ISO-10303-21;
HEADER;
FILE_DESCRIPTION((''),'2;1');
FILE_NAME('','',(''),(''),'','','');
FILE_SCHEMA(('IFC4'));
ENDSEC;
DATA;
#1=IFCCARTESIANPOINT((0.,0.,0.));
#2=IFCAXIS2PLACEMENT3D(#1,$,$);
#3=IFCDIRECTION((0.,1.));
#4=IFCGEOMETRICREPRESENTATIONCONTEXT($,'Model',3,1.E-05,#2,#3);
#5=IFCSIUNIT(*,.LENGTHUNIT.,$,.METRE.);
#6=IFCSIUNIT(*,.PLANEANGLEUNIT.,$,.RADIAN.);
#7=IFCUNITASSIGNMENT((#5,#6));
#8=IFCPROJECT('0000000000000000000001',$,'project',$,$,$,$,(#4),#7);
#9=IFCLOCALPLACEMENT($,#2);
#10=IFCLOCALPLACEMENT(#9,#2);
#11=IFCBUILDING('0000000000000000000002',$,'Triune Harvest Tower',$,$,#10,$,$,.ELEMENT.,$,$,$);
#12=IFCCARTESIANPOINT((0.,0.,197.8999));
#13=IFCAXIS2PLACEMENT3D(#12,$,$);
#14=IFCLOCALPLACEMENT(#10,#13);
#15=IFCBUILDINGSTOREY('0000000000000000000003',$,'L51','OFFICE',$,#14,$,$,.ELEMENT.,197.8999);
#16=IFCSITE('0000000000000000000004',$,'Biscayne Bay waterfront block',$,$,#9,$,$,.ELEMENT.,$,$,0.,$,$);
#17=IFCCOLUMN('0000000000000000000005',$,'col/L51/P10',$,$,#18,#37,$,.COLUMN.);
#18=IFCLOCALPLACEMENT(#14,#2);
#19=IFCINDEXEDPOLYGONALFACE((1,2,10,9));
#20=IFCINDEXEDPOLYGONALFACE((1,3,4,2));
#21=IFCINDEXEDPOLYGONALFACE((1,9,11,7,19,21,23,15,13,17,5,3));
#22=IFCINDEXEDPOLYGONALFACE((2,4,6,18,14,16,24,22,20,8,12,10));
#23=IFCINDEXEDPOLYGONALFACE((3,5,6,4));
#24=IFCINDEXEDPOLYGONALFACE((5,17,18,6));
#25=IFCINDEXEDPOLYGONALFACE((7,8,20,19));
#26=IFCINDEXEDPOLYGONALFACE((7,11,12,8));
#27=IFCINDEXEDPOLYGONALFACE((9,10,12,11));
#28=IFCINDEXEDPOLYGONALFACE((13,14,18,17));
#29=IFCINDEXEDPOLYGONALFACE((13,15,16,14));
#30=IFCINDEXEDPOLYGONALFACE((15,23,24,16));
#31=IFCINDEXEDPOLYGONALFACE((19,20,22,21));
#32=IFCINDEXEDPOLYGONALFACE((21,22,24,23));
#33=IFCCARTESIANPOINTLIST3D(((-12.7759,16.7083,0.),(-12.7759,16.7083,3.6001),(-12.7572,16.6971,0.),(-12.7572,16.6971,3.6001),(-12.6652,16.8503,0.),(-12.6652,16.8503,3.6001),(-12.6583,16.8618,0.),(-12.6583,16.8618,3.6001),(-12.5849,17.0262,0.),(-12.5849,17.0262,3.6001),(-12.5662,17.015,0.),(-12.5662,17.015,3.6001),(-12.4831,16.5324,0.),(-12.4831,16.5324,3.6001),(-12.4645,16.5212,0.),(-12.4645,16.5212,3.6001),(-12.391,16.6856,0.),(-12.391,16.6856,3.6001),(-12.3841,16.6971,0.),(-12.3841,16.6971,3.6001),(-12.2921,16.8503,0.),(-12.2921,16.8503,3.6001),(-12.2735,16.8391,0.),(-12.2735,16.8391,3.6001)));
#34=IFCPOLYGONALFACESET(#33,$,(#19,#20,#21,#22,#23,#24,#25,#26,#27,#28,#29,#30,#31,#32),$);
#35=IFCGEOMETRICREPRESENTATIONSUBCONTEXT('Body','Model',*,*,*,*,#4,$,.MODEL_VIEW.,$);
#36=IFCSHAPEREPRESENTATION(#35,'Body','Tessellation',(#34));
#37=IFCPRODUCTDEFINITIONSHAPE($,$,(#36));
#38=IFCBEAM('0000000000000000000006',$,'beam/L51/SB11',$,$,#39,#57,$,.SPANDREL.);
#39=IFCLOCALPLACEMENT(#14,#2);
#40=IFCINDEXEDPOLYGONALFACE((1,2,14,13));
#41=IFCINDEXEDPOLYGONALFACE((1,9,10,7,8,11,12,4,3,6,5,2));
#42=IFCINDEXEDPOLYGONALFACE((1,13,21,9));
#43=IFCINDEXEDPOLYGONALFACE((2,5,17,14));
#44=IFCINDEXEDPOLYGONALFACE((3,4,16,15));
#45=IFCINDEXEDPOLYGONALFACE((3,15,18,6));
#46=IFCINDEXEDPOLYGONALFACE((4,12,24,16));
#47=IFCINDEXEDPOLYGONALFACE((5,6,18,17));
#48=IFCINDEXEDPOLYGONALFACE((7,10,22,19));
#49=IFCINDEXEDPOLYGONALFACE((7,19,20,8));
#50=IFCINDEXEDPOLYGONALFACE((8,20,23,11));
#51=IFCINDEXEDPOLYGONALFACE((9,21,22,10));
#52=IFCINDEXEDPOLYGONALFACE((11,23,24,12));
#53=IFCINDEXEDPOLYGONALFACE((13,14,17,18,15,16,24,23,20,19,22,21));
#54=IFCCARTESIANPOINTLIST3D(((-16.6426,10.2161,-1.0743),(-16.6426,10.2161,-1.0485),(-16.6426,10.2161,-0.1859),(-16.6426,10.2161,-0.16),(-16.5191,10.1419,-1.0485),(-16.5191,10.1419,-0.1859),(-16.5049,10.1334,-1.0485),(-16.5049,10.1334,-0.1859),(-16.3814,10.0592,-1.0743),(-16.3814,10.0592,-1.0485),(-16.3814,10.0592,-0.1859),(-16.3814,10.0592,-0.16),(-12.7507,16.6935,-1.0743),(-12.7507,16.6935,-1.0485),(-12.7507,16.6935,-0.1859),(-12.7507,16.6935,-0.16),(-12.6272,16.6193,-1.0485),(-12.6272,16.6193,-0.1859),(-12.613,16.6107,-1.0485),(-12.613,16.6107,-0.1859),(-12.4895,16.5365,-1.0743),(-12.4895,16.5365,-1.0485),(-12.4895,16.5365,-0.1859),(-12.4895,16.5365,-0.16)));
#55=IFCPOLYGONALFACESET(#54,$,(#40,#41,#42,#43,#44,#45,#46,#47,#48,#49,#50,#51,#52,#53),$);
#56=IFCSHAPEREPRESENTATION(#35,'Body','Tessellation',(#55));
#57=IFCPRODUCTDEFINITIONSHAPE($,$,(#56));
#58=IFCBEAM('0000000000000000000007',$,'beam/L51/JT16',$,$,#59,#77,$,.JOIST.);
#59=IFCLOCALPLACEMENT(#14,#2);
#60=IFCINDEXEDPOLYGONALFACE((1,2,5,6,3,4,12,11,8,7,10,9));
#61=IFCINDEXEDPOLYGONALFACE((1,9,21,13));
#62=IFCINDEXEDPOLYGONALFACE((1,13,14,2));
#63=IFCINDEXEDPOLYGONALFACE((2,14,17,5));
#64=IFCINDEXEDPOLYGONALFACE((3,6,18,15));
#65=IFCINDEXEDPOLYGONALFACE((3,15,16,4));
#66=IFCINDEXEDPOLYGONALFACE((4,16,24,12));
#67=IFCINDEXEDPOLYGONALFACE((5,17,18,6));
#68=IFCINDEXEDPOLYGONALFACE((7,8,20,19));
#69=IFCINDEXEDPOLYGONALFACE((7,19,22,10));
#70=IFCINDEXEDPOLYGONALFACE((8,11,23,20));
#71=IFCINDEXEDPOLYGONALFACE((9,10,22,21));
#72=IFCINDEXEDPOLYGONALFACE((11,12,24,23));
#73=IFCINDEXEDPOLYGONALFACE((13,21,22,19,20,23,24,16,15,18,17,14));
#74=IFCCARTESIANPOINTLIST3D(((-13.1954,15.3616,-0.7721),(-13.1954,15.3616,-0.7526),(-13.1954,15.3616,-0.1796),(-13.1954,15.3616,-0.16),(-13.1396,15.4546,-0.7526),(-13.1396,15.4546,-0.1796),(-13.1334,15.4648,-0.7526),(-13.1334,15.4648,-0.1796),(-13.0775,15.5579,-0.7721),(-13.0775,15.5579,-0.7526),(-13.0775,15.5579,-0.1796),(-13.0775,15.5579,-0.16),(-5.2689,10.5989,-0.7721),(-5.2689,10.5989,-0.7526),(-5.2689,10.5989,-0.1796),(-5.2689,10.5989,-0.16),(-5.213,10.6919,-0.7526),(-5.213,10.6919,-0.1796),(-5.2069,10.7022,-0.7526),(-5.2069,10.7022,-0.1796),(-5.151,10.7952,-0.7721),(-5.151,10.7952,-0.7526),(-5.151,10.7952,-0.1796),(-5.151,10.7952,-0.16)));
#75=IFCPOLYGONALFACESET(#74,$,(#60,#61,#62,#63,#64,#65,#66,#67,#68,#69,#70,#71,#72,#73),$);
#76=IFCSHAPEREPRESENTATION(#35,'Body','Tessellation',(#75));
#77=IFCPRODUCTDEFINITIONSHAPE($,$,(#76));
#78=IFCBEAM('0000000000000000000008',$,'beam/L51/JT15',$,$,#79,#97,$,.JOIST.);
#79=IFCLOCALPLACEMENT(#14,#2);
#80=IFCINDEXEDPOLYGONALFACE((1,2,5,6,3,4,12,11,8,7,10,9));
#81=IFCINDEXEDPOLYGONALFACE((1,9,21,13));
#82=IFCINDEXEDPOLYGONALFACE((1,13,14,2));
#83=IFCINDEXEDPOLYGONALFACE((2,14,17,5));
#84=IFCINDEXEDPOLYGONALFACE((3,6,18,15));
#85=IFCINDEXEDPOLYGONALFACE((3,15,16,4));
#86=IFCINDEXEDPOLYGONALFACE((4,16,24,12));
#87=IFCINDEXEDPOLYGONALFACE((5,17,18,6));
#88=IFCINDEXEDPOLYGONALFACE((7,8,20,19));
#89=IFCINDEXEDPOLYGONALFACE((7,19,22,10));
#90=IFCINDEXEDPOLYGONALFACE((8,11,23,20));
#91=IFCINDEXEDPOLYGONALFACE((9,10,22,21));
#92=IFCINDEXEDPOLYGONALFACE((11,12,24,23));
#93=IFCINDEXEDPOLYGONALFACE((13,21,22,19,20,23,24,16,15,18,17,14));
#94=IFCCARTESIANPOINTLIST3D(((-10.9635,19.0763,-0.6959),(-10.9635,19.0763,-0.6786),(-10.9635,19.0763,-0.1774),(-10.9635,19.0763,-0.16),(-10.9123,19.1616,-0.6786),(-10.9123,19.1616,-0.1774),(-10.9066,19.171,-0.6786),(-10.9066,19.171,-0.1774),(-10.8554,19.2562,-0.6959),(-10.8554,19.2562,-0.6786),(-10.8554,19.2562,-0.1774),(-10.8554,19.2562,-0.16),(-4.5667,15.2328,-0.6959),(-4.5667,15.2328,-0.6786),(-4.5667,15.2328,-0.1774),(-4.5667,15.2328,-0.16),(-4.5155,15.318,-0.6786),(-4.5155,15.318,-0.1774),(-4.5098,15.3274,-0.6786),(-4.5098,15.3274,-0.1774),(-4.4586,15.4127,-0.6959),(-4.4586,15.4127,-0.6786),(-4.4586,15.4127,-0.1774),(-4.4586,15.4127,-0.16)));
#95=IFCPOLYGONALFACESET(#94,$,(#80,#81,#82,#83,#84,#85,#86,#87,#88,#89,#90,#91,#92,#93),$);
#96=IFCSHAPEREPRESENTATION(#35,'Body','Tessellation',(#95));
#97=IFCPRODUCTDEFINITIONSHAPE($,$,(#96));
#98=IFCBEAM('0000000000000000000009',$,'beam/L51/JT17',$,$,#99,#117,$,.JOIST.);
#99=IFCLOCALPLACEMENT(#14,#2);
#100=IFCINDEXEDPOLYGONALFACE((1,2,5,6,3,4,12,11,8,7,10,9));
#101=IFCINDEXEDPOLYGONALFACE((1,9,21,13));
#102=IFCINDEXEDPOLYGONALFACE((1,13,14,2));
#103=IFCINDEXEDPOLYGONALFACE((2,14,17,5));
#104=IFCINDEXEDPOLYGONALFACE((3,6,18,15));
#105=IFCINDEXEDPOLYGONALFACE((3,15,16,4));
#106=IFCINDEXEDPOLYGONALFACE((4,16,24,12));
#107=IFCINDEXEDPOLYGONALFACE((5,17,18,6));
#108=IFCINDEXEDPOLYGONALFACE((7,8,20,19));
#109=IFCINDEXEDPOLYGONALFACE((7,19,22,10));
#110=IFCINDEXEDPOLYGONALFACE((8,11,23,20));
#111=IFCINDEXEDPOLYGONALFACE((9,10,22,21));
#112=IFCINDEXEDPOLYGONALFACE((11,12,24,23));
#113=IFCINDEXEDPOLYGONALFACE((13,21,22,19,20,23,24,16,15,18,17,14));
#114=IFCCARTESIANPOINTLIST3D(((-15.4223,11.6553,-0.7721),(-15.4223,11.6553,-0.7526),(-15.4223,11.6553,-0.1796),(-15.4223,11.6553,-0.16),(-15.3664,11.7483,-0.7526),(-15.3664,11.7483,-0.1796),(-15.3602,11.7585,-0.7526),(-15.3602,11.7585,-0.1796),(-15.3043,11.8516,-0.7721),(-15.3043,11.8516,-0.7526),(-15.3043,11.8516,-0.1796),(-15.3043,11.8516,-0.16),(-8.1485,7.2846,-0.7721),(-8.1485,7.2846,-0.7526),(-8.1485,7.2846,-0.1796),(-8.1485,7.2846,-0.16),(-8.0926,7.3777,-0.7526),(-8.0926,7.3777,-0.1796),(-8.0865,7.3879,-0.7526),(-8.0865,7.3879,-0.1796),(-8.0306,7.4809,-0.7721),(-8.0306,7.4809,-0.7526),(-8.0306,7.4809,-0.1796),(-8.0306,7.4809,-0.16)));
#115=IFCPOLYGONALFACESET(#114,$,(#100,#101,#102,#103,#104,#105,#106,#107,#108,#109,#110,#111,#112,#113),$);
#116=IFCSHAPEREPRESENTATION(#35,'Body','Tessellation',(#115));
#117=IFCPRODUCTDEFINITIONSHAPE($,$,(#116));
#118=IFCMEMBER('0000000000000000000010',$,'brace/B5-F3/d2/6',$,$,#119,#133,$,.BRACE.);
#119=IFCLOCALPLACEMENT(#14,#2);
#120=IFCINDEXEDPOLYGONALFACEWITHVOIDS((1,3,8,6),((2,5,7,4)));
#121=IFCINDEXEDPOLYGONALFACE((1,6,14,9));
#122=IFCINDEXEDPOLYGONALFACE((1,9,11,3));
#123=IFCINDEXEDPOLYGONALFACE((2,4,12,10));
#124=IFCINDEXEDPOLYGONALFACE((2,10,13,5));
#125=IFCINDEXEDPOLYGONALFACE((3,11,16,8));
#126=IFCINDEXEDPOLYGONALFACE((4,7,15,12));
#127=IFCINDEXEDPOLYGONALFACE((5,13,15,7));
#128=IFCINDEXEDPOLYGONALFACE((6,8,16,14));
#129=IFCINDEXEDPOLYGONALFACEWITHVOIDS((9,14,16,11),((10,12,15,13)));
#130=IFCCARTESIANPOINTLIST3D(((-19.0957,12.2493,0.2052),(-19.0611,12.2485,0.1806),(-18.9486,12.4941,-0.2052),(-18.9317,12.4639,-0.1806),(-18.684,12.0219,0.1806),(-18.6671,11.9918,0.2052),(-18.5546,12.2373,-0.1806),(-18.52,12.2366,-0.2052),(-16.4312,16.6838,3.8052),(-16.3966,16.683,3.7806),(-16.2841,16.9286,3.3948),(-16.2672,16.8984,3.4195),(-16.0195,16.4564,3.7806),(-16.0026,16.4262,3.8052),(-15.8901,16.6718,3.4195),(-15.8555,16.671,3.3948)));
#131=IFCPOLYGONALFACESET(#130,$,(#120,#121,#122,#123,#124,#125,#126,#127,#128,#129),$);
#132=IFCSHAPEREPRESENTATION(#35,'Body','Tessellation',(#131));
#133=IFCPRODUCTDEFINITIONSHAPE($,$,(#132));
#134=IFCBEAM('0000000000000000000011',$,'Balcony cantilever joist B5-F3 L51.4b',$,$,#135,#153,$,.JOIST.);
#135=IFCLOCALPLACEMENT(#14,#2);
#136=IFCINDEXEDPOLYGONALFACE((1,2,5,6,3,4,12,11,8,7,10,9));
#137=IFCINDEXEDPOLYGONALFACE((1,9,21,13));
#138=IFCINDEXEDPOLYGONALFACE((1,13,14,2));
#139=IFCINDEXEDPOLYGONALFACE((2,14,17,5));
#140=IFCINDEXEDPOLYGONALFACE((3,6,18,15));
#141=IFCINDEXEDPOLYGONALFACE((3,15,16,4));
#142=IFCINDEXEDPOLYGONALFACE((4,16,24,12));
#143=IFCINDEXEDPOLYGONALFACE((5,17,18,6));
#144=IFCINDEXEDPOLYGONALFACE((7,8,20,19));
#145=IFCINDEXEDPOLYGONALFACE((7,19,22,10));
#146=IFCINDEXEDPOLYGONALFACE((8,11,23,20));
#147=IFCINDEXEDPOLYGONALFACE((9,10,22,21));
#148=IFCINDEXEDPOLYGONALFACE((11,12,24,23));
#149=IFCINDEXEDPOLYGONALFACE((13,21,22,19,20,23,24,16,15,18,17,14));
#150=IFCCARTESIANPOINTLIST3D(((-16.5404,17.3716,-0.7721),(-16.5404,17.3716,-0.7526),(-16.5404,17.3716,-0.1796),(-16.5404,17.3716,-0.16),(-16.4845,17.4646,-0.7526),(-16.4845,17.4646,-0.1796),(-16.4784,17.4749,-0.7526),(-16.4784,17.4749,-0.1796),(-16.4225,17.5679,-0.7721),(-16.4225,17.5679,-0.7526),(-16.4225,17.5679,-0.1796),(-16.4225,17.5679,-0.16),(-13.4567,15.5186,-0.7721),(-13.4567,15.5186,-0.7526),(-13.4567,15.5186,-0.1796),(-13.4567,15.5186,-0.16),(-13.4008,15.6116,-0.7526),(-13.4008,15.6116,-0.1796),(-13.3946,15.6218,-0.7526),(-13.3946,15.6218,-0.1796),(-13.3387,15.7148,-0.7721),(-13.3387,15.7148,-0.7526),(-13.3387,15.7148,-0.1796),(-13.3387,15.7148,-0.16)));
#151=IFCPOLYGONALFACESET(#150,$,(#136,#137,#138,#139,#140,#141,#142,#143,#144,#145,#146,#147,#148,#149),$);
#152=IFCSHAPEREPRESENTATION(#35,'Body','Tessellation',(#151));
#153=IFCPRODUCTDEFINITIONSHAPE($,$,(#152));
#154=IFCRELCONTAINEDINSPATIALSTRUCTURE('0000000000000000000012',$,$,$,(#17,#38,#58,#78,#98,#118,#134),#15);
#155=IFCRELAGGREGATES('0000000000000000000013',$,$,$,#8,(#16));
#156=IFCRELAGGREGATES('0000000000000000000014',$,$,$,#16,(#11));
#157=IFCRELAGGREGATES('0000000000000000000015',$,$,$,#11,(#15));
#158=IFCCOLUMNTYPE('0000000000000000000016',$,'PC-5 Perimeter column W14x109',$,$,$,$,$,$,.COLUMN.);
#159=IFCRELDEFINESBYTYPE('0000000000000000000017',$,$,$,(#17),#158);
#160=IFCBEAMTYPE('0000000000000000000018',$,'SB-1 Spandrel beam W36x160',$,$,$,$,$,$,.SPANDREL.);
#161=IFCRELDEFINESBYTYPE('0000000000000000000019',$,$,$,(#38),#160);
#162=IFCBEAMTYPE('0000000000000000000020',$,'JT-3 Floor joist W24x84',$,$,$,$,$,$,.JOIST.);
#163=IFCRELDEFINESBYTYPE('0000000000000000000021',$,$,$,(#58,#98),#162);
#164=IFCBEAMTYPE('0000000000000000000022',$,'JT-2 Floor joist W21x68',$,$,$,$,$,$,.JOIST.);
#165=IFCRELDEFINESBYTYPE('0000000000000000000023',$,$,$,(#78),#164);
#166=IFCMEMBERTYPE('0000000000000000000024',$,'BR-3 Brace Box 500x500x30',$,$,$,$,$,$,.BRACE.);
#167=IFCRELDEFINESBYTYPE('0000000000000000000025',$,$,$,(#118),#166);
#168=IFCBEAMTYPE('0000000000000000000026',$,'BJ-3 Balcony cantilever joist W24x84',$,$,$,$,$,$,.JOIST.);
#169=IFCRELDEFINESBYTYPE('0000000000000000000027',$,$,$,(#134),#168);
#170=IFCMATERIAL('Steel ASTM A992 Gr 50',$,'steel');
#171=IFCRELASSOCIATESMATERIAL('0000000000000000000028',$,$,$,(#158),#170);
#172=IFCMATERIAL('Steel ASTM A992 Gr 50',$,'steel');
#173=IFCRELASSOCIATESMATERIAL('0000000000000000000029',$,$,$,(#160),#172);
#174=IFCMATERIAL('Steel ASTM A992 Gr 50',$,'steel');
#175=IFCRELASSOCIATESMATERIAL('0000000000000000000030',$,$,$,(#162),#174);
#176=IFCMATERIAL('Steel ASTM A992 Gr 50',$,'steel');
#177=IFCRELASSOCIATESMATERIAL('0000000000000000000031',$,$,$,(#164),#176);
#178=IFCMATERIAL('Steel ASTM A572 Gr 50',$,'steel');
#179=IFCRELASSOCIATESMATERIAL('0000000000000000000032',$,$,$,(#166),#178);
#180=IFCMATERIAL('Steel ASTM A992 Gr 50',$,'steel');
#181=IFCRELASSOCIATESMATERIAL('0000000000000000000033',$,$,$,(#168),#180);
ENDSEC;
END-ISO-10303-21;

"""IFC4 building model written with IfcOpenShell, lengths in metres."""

from ifc_helpers import new_model, si_unit, direction, frame, origin, origin_2d, place, context, subcontext, project, spatial, hollow_rectangle, i_section, extrude, source, transform, mapped, material, material_profile, profile_set, type_object, element, save


model = new_model("IFC4")

# Units and contexts
model_context = context("Model", 3, precision=1e-05, world=origin(), true_north=direction((0.0, 1.0)))
body_context = subcontext(model_context, "Body", "Model", "MODEL_VIEW")
ifc_project = project(units=[si_unit("LENGTHUNIT", "METRE"), si_unit("PLANEANGLEUNIT", "RADIAN")], contexts=[model_context])

# Site, building, storey
site_placement = place(None, origin())
site = spatial("IfcSite", under=ifc_project, at=site_placement, Name="Biscayne Bay waterfront block", CompositionType="ELEMENT", RefElevation=0.0)
building_placement = place(site_placement, origin())
building = spatial("IfcBuilding", under=site, at=building_placement, Name="Triune Harvest Tower", CompositionType="ELEMENT")
storey_placement = place(building_placement, frame((0.0, 0.0, 197.8999)))
storey = spatial("IfcBuildingStorey", under=building, at=storey_placement, Name="L51", Description="OFFICE", CompositionType="ELEMENT", Elevation=197.8999)

# Column
ifc_material_1 = material(Name="Steel ASTM A992 Gr 50", Category="steel")
ifc_material_profile_1 = material_profile(ifc_material_1, i_section(OverallWidth=0.3708, OverallDepth=0.3633, WebThickness=0.0134, FlangeThickness=0.0217, at=origin_2d()), Name="W14x109")
ifc_profile_set_1 = profile_set([ifc_material_profile_1], Name="Steel ASTM A992 Gr 50")
column_type = type_object("IfcColumnType", Name="PC-5 Perimeter column W14x109", PredefinedType="COLUMN", material=ifc_profile_set_1)
shared_shape_1 = source(origin(), body_context, "Body", "SweptSolid", [
    extrude(i_section(OverallWidth=0.3708, OverallDepth=0.3633, WebThickness=0.0134, FlangeThickness=0.0217, at=origin_2d()), origin(), (0.0, 0.0, 1.0), 3.6001),
])
column_placement = place(storey_placement, frame((-12.5247, 16.7737, 0.0), z_axis=(0.0, 0.0, 1.0), x_axis=(-0.515037, -0.857168, 0.0)))
element("IfcColumn", 1, at=column_placement, inside=storey, type_object=column_type, Name="col/L51/P10", PredefinedType="COLUMN", context=body_context, shape_type="MappedRepresentation", body=[
    mapped(shared_shape_1, transform((0.0, 0.0, 0.0), scale=1.0)),
])

# Beams
ifc_material_2 = material(Name="Steel ASTM A992 Gr 50", Category="steel")
ifc_material_profile_2 = material_profile(ifc_material_2, i_section(OverallWidth=0.3047, OverallDepth=0.9143, WebThickness=0.0166, FlangeThickness=0.0259, at=origin_2d()), Name="W36x160")
ifc_profile_set_2 = profile_set([ifc_material_profile_2], Name="Steel ASTM A992 Gr 50")
beam_type_1 = type_object("IfcBeamType", Name="SB-1 Spandrel beam W36x160", PredefinedType="SPANDREL", material=ifc_profile_set_2)
shared_shape_2 = source(origin(), body_context, "Body", "SweptSolid", [
    extrude(i_section(OverallWidth=0.3047, OverallDepth=0.9143, WebThickness=0.0166, FlangeThickness=0.0259, at=origin_2d()), origin(), (0.0, 0.0, 1.0), 7.5566),
])
beam_1_placement = place(storey_placement, frame((-12.6201, 16.615, -0.6172), z_axis=(-0.515028, -0.857173, 0.0), x_axis=(0.857173, -0.515028, 0.0)))
element("IfcBeam", 2, at=beam_1_placement, inside=storey, type_object=beam_type_1, Name="beam/L51/SB11", PredefinedType="SPANDREL", context=body_context, shape_type="MappedRepresentation", body=[
    mapped(shared_shape_2, transform((0.0, 0.0, 0.0), scale=1.0)),
])
ifc_material_3 = material(Name="Steel ASTM A992 Gr 50", Category="steel")
ifc_material_profile_3 = material_profile(ifc_material_3, i_section(OverallWidth=0.229, OverallDepth=0.6121, WebThickness=0.012, FlangeThickness=0.0195, at=origin_2d()), Name="W24x84")
ifc_profile_set_3 = profile_set([ifc_material_profile_3], Name="Steel ASTM A992 Gr 50")
beam_type_2 = type_object("IfcBeamType", Name="JT-3 Floor joist W24x84", PredefinedType="JOIST", material=ifc_profile_set_3)
shared_shape_3 = source(origin(), body_context, "Body", "SweptSolid", [
    extrude(i_section(OverallWidth=0.229, OverallDepth=0.6121, WebThickness=0.012, FlangeThickness=0.0195, at=origin_2d()), origin(), (0.0, 0.0, 1.0), 9.2473),
])
beam_2_placement = place(storey_placement, frame((-13.1365, 15.4597, -0.4661), z_axis=(0.857169, -0.515035, 0.0), x_axis=(0.515035, 0.857169, 0.0)))
element("IfcBeam", 3, at=beam_2_placement, inside=storey, type_object=beam_type_2, Name="beam/L51/JT16", PredefinedType="JOIST", context=body_context, shape_type="MappedRepresentation", body=[
    mapped(shared_shape_3, transform((0.0, 0.0, 0.0), scale=1.0)),
])
ifc_material_4 = material(Name="Steel ASTM A992 Gr 50", Category="steel")
ifc_material_profile_4 = material_profile(ifc_material_4, i_section(OverallWidth=0.21, OverallDepth=0.5359, WebThickness=0.011, FlangeThickness=0.0173, at=origin_2d()), Name="W21x68")
ifc_profile_set_4 = profile_set([ifc_material_profile_4], Name="Steel ASTM A992 Gr 50")
beam_type_3 = type_object("IfcBeamType", Name="JT-2 Floor joist W21x68", PredefinedType="JOIST", material=ifc_profile_set_4)
shared_shape_4 = source(origin(), body_context, "Body", "SweptSolid", [
    extrude(i_section(OverallWidth=0.21, OverallDepth=0.5359, WebThickness=0.011, FlangeThickness=0.0173, at=origin_2d()), origin(), (0.0, 0.0, 1.0), 7.4626),
])
beam_3_placement = place(storey_placement, frame((-10.9094, 19.1663, -0.428), z_axis=(0.857169, -0.515034, 0.0), x_axis=(0.515034, 0.857169, 0.0)))
element("IfcBeam", 4, at=beam_3_placement, inside=storey, type_object=beam_type_3, Name="beam/L51/JT15", PredefinedType="JOIST", context=body_context, shape_type="MappedRepresentation", body=[
    mapped(shared_shape_4, transform((0.0, 0.0, 0.0), scale=1.0)),
])
shared_shape_5 = source(origin(), body_context, "Body", "SweptSolid", [
    extrude(i_section(OverallWidth=0.229, OverallDepth=0.6121, WebThickness=0.012, FlangeThickness=0.0195, at=origin_2d()), origin(), (0.0, 0.0, 1.0), 8.4858),
])
beam_4_placement = place(storey_placement, frame((-15.3633, 11.7534, -0.4661), z_axis=(0.85716, -0.51505, 0.0), x_axis=(0.51505, 0.85716, 0.0)))
element("IfcBeam", 5, at=beam_4_placement, inside=storey, type_object=beam_type_2, Name="beam/L51/JT17", PredefinedType="JOIST", context=body_context, shape_type="MappedRepresentation", body=[
    mapped(shared_shape_5, transform((0.0, 0.0, 0.0), scale=1.0)),
])

# Member
ifc_material_5 = material(Name="Steel ASTM A572 Gr 50", Category="steel")
ifc_material_profile_5 = material_profile(ifc_material_5, hollow_rectangle(XDim=0.5, YDim=0.5, WallThickness=0.03, at=origin_2d()), Name="Box 500x500x30")
ifc_profile_set_5 = profile_set([ifc_material_profile_5], Name="Steel ASTM A572 Gr 50")
member_type_1 = type_object("IfcMemberType", Name="BR-3 Brace Box 500x500x30", PredefinedType="BRACE", material=ifc_profile_set_5)
shared_shape_6 = source(origin(), body_context, "Body", "SweptSolid", [
    extrude(hollow_rectangle(XDim=0.5, YDim=0.5, WallThickness=0.03, at=origin_2d()), origin(), (0.0, 0.0, 1.0), 6.3027),
])
member_1_placement = place(storey_placement, frame((-18.8079, 12.2429, 0.0), z_axis=(0.422753, 0.703581, 0.571185), x_axis=(-0.857168, 0.515037, 0.0)))
element("IfcMember", 6, at=member_1_placement, inside=storey, type_object=member_type_1, Name="brace/B5-F3/d2/6", PredefinedType="BRACE", context=body_context, shape_type="MappedRepresentation", body=[
    mapped(shared_shape_6, transform((0.0, 0.0, 0.0), scale=1.0)),
])

# Beam
ifc_material_6 = material(Name="Steel ASTM A992 Gr 50", Category="steel")
ifc_material_profile_6 = material_profile(ifc_material_6, i_section(OverallWidth=0.229, OverallDepth=0.6121, WebThickness=0.012, FlangeThickness=0.0195, at=origin_2d()), Name="W24x84")
ifc_profile_set_6 = profile_set([ifc_material_profile_6], Name="Steel ASTM A992 Gr 50")
beam_type_4 = type_object("IfcBeamType", Name="BJ-3 Balcony cantilever joist W24x84", PredefinedType="JOIST", material=ifc_profile_set_6)
shared_shape_7 = source(origin(), body_context, "Body", "SweptSolid", [
    extrude(i_section(OverallWidth=0.229, OverallDepth=0.6121, WebThickness=0.012, FlangeThickness=0.0195, at=origin_2d()), origin(), (0.0, 0.0, 1.0), 3.5977),
])
beam_5_placement = place(storey_placement, frame((-13.3977, 15.6167, -0.4661), z_axis=(-0.857151, 0.515064, 0.0), x_axis=(-0.515064, -0.857151, 0.0)))
element("IfcBeam", 7, at=beam_5_placement, inside=storey, type_object=beam_type_4, Name="Balcony cantilever joist B5-F3 L51.4b", PredefinedType="JOIST", context=body_context, shape_type="MappedRepresentation", body=[
    mapped(shared_shape_7, transform((0.0, 0.0, 0.0), scale=1.0)),
])

save(model, "model.ifc")
